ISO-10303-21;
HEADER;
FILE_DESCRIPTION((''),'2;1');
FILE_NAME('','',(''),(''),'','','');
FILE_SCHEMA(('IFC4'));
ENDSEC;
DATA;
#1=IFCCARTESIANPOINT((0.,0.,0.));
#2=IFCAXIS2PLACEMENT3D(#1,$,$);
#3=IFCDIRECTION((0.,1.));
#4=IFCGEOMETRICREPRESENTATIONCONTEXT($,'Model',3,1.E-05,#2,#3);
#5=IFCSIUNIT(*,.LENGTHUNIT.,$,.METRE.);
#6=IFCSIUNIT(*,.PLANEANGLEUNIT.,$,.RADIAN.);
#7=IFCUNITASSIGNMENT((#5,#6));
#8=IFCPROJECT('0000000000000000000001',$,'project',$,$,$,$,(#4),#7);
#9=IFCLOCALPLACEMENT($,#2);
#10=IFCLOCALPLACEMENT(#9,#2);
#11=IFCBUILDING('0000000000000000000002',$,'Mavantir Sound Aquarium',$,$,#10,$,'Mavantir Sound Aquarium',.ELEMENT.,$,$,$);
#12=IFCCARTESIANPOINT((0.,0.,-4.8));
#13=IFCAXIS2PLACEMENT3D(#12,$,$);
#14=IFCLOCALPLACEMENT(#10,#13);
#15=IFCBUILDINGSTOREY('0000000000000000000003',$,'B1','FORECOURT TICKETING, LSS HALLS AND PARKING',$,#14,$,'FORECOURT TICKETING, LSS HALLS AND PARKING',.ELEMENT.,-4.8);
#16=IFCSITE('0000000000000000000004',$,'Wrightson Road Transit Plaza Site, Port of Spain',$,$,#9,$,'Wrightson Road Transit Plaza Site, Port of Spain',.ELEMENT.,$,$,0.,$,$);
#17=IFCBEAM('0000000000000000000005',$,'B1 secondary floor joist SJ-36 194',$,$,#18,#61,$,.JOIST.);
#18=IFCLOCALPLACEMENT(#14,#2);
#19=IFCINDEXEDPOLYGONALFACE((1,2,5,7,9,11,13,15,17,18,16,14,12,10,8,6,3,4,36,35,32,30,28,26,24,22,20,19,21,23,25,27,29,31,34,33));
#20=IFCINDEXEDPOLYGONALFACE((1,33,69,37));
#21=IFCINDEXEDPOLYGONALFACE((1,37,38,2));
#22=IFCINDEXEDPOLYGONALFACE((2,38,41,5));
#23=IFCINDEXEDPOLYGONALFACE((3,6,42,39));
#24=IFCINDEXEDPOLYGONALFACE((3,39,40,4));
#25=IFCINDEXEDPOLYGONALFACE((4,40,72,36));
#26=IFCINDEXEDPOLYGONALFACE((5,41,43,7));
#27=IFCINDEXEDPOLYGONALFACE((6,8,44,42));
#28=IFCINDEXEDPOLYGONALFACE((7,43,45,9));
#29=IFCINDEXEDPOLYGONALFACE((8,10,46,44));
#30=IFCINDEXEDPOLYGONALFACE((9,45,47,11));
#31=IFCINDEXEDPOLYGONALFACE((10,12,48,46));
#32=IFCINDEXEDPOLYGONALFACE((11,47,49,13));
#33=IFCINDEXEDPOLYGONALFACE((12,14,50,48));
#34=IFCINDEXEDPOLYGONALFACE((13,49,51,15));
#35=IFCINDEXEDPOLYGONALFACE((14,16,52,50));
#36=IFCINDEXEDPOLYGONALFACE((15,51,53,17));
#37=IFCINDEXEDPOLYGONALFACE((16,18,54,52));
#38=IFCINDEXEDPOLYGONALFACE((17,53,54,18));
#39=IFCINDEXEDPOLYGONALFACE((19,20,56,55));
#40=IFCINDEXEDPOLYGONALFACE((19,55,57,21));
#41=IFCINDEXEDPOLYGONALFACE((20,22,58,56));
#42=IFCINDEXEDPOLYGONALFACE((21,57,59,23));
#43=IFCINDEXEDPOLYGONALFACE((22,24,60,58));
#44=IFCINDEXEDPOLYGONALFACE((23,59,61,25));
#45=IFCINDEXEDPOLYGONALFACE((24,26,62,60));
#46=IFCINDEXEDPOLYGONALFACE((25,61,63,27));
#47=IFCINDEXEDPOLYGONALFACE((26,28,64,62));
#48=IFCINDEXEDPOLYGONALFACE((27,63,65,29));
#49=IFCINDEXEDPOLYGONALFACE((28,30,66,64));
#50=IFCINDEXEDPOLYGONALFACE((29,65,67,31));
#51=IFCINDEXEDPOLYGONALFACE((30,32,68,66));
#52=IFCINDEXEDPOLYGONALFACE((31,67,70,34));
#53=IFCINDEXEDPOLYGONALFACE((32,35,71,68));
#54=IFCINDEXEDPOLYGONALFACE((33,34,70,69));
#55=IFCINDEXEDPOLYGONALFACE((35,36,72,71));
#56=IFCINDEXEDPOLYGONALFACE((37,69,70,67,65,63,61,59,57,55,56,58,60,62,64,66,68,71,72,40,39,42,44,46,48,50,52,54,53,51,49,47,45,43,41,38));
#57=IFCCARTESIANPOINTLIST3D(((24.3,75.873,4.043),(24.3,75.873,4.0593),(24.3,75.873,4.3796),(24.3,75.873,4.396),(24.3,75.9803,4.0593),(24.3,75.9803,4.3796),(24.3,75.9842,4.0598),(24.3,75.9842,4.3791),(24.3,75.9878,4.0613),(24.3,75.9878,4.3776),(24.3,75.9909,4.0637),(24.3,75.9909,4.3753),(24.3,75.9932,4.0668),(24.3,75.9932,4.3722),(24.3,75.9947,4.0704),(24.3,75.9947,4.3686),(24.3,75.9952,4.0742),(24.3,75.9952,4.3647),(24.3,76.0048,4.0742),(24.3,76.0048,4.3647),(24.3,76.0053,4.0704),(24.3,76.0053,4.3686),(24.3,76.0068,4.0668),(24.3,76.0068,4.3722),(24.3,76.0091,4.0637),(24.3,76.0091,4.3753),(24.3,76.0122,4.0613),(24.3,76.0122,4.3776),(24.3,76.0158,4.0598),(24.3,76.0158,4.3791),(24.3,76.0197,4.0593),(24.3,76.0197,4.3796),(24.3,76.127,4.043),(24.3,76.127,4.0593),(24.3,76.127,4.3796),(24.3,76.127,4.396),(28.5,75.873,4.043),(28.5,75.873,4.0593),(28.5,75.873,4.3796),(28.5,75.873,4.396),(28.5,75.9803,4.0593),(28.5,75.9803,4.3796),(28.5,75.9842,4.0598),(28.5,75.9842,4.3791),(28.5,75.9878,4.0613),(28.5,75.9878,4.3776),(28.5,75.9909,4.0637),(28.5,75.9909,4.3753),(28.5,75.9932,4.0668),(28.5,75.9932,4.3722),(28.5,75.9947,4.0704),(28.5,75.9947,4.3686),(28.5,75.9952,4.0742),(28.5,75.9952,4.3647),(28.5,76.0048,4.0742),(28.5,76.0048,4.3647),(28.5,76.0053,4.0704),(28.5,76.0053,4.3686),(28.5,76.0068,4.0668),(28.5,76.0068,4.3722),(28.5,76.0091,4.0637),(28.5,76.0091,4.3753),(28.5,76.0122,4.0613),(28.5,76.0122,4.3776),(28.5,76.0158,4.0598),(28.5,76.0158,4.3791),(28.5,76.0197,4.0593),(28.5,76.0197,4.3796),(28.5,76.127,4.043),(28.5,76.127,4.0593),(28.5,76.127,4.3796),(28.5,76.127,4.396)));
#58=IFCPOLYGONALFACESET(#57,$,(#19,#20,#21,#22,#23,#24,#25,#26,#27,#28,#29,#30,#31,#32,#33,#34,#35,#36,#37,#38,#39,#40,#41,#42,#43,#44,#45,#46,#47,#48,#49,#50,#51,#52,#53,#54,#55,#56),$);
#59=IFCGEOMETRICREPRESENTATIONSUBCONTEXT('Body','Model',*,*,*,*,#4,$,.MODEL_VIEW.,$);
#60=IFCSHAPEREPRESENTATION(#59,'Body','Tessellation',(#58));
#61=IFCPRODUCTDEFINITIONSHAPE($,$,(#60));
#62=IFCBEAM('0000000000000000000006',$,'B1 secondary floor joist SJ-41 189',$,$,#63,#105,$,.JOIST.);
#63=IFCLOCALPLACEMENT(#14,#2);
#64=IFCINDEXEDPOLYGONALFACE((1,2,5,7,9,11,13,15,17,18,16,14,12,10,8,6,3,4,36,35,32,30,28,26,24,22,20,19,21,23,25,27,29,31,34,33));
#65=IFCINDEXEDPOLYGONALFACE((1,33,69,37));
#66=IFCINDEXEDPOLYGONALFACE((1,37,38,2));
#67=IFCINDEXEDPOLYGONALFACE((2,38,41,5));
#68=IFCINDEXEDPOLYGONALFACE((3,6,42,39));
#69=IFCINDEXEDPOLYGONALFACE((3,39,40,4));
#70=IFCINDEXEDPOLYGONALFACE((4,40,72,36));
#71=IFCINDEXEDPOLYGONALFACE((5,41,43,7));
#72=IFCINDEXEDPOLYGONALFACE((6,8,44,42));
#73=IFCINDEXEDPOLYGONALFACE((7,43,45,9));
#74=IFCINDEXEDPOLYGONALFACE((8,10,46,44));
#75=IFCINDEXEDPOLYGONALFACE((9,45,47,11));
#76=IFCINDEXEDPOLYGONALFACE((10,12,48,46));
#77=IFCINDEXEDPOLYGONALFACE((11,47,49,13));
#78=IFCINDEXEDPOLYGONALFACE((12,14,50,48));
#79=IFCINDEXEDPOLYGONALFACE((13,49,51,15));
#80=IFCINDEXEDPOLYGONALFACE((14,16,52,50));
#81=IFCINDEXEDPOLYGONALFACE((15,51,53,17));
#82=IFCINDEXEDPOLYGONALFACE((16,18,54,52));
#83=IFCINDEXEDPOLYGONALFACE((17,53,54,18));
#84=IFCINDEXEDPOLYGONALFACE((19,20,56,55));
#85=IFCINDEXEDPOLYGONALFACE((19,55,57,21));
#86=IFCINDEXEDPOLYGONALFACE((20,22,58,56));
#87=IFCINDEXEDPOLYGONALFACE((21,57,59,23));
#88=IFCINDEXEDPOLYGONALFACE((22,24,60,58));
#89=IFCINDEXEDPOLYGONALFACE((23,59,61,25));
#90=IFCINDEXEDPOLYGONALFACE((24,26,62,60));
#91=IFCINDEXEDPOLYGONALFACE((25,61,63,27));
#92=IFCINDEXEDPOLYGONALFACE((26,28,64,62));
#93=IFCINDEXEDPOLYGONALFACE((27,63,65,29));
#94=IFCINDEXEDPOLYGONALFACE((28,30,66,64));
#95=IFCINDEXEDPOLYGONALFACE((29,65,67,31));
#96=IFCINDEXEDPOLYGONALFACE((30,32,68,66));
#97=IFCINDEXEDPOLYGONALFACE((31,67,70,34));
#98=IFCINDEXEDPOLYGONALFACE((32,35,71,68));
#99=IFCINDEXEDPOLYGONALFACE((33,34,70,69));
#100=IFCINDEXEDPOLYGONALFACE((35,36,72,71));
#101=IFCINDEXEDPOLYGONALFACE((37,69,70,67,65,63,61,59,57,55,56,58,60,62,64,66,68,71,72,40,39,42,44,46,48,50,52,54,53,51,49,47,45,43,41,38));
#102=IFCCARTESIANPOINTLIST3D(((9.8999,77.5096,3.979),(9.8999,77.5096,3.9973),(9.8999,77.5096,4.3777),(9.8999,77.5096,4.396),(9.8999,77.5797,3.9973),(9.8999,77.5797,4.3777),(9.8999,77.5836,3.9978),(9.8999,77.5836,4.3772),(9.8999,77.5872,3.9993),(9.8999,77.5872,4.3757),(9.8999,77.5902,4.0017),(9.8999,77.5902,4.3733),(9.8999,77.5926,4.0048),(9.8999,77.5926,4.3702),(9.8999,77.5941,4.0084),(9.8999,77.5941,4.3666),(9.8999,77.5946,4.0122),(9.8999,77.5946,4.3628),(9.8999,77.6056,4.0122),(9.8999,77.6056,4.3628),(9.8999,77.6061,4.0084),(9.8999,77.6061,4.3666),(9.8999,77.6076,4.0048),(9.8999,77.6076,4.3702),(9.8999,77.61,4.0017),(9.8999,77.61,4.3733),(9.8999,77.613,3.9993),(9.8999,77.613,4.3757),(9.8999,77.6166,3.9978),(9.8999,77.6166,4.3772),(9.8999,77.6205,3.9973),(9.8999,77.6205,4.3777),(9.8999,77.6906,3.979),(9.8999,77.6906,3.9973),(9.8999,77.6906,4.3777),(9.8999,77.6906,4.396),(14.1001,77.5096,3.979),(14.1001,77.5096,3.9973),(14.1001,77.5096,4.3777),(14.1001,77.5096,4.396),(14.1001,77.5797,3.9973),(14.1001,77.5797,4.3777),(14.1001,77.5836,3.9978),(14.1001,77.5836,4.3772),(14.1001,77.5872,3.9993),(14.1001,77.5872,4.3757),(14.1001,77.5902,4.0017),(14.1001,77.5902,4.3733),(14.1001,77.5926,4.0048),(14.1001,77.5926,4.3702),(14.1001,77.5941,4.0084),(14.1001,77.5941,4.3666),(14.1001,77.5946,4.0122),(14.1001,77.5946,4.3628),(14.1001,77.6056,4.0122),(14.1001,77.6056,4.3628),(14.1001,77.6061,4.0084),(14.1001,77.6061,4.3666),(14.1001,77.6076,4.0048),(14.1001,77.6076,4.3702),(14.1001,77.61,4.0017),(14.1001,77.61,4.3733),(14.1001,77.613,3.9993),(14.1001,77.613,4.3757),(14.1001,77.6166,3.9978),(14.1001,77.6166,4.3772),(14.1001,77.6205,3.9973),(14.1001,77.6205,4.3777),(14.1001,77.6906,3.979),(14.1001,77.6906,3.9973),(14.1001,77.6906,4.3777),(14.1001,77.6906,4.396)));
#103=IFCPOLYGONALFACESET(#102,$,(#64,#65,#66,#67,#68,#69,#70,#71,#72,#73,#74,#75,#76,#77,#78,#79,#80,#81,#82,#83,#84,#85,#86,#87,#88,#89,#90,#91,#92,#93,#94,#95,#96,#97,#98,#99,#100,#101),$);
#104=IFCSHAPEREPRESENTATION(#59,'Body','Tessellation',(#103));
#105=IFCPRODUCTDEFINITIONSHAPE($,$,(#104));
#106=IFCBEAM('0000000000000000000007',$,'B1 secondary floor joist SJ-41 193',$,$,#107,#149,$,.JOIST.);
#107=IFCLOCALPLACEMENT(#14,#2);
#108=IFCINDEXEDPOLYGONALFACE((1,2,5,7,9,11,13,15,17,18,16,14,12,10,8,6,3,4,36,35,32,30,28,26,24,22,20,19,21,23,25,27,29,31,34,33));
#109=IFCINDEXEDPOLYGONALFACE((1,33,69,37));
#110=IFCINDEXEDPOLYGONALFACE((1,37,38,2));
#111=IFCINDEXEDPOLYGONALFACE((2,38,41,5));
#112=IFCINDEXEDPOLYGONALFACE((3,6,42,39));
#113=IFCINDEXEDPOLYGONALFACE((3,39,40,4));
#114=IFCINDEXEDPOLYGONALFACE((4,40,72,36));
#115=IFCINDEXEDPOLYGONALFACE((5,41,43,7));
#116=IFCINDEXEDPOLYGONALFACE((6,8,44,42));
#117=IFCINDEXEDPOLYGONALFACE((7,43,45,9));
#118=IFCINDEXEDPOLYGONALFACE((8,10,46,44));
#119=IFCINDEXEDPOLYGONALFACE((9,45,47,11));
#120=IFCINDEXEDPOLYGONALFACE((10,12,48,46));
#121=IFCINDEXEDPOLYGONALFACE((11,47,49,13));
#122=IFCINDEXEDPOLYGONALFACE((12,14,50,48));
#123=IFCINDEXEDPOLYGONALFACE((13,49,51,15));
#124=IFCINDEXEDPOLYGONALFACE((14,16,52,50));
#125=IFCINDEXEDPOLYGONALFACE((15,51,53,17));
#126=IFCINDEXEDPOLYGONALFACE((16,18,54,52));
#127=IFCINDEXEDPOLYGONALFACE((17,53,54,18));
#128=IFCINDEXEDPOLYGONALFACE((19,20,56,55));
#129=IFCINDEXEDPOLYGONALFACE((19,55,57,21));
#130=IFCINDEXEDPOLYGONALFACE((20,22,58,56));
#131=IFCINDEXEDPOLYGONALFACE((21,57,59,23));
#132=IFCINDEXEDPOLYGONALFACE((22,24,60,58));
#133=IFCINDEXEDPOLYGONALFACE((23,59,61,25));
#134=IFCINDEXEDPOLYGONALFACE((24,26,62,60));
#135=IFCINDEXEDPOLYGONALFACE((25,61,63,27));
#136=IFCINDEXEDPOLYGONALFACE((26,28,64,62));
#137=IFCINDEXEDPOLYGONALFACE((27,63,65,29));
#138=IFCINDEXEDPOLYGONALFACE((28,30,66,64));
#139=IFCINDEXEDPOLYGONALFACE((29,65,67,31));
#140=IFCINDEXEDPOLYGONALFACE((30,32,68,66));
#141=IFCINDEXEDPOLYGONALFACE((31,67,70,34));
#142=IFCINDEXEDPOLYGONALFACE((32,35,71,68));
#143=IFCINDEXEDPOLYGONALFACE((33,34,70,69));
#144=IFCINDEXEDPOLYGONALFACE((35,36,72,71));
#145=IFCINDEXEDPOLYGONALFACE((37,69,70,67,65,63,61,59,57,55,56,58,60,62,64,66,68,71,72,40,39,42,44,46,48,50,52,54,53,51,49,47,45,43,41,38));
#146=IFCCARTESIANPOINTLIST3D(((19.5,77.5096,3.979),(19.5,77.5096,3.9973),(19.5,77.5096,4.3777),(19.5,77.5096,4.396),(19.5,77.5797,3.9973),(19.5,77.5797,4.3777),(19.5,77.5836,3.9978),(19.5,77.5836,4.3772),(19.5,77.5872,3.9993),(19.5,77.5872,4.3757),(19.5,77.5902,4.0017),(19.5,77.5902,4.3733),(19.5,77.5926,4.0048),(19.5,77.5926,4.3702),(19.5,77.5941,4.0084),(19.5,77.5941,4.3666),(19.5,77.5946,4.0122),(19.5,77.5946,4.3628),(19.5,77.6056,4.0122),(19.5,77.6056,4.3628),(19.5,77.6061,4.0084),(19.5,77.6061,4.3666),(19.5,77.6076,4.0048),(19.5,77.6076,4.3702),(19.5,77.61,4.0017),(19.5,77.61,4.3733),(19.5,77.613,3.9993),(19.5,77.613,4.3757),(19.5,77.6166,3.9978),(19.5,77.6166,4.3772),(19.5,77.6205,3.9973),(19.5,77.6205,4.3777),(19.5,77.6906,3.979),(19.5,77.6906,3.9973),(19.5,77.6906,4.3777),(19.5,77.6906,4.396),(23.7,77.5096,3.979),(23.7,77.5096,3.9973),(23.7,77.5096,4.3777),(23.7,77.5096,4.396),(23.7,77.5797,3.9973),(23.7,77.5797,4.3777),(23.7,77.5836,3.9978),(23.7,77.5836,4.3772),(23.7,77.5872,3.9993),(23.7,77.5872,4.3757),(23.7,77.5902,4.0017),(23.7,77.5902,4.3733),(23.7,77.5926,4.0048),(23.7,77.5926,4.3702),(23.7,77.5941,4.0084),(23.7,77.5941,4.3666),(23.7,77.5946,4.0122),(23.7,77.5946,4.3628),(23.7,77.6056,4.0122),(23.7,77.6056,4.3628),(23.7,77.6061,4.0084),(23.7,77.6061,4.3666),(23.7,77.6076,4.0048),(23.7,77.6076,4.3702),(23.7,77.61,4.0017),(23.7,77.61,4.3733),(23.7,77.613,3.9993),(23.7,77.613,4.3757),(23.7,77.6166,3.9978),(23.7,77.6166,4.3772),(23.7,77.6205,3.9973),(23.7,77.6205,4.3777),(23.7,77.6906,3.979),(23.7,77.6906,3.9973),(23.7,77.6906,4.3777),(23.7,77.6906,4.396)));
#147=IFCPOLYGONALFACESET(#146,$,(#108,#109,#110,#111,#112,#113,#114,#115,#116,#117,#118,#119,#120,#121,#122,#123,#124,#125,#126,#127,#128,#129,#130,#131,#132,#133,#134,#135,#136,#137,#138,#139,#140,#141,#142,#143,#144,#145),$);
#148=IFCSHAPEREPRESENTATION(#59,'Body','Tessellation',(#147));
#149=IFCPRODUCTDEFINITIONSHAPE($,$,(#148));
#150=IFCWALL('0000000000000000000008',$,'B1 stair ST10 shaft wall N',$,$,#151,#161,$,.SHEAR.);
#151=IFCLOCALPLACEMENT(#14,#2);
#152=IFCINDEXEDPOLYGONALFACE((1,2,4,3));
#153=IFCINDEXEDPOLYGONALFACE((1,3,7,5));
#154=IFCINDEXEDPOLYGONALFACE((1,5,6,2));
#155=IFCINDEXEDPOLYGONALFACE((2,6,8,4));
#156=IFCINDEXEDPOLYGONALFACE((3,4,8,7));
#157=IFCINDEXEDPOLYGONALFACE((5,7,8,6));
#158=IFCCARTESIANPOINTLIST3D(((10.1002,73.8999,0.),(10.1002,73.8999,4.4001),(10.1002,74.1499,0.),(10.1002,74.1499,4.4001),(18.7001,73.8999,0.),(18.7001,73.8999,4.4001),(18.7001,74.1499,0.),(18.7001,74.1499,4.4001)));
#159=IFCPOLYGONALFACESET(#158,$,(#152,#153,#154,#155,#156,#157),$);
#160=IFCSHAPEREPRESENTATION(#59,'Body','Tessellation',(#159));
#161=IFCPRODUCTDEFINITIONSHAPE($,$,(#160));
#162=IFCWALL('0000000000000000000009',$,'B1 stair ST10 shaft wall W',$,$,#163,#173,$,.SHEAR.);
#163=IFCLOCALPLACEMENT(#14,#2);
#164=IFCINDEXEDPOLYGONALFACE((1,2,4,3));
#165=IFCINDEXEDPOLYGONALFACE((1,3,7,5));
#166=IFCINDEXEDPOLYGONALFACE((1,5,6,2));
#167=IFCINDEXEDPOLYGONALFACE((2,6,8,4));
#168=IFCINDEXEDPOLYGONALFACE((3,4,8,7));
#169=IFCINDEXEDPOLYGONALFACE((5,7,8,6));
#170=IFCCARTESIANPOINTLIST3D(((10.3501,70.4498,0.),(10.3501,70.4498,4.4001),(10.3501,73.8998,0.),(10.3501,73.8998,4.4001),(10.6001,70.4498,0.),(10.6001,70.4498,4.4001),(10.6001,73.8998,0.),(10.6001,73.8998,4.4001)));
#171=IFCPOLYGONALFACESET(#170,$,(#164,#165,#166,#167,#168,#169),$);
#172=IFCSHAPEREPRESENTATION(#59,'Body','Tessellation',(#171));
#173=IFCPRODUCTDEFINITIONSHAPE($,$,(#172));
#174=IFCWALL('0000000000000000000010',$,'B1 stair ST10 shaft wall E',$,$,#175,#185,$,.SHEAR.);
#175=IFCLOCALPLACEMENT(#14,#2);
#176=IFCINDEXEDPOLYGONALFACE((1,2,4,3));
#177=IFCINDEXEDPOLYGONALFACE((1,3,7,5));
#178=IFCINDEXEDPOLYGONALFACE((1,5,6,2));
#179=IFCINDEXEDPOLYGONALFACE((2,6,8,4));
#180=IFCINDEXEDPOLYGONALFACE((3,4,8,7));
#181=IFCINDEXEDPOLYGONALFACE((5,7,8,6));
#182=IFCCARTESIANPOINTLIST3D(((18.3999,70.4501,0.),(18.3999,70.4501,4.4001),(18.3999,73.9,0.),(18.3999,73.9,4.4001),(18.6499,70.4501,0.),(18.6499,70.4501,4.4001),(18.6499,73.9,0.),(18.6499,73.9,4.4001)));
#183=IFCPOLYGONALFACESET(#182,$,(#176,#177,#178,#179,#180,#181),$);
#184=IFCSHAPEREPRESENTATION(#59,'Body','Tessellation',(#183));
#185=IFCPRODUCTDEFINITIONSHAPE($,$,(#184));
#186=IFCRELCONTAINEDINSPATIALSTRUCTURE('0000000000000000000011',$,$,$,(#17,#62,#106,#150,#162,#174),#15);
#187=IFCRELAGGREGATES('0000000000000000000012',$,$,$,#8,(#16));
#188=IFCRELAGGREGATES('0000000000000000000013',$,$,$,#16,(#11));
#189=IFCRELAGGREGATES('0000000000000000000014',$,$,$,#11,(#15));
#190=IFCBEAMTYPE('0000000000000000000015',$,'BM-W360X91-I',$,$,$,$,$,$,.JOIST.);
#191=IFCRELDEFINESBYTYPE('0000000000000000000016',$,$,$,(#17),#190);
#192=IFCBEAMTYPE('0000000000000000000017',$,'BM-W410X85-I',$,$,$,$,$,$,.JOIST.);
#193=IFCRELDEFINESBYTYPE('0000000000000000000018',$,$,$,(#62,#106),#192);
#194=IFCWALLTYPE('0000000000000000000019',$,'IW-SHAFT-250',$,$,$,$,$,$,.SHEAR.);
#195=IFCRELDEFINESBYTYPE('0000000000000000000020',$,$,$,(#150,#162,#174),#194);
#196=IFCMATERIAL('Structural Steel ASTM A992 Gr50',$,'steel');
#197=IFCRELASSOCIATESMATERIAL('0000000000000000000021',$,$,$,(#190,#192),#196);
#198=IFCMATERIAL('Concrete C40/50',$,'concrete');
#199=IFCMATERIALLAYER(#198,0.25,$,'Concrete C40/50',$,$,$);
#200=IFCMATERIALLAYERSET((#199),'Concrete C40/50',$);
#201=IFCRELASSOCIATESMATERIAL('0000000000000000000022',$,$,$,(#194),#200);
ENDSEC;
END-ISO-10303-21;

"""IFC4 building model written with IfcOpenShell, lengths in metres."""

from ifc_helpers import new_model, si_unit, direction, frame, frame_2d, origin, origin_2d, place, context, subcontext, project, spatial, rectangle, i_section, extrude, material, layer, layer_set, material_profile, profile_set, type_object, element, save


model = new_model("IFC4")

# Units and contexts
model_context = context("Model", 3, precision=1e-05, world=origin(), true_north=direction((0.0, 1.0)))
body_context = subcontext(model_context, "Body", "Model", "MODEL_VIEW")
ifc_project = project(units=[si_unit("LENGTHUNIT", "METRE"), si_unit("PLANEANGLEUNIT", "RADIAN")], contexts=[model_context])

# Site, building, storey
site_placement = place(None, origin())
site = spatial("IfcSite", under=ifc_project, at=site_placement, Name="Wrightson Road Transit Plaza Site, Port of Spain", LongName="Wrightson Road Transit Plaza Site, Port of Spain", CompositionType="ELEMENT", RefElevation=0.0)
building_placement = place(site_placement, origin())
building = spatial("IfcBuilding", under=site, at=building_placement, Name="Mavantir Sound Aquarium", LongName="Mavantir Sound Aquarium", CompositionType="ELEMENT")
storey_placement = place(building_placement, frame((0.0, 0.0, -4.8)))
storey = spatial("IfcBuildingStorey", under=building, at=storey_placement, Name="B1", Description="FORECOURT TICKETING, LSS HALLS AND PARKING", LongName="FORECOURT TICKETING, LSS HALLS AND PARKING", CompositionType="ELEMENT", Elevation=-4.8)

# Shared definitions
ifc_material_1 = material(Name="Concrete C40/50", Category="concrete")

# Beams
ifc_material_2 = material(Name="Structural Steel ASTM A992 Gr50", Category="steel")
ifc_material_profile_1 = material_profile(ifc_material_2, i_section(OverallWidth=0.2539, OverallDepth=0.353, WebThickness=0.0095, FlangeThickness=0.0164, FilletRadius=0.0149, at=origin_2d()), Name="W360X91")
ifc_profile_set_1 = profile_set([ifc_material_profile_1], Name="Structural Steel ASTM A992 Gr50")
beam_type_1 = type_object("IfcBeamType", Name="BM-W360X91-I", PredefinedType="JOIST", material=ifc_profile_set_1)
for number, where, z_axis, x_axis, name in (
    (1, (24.3, 76.0, 4.2195), (1.0, 0.0, 0.0), (0.0, 1.0, 0.0), "B1 secondary floor joist SJ-36 194"),
):
    element("IfcBeam", number, at=place(storey_placement, frame(where, z_axis=z_axis, x_axis=x_axis)), inside=storey, type_object=beam_type_1, Name=name, PredefinedType="JOIST", context=body_context, shape_type="SweptSolid", body=[
        extrude(i_section(OverallWidth=0.2539, OverallDepth=0.353, WebThickness=0.0095, FlangeThickness=0.0164, FilletRadius=0.0149, at=origin_2d()), origin(), (0.0, 0.0, 1.0), 4.2),
    ])
ifc_material_profile_2 = material_profile(ifc_material_2, i_section(OverallWidth=0.1809, OverallDepth=0.417, WebThickness=0.011, FlangeThickness=0.0183, FilletRadius=0.0149, at=origin_2d()), Name="W410X85")
ifc_profile_set_2 = profile_set([ifc_material_profile_2], Name="Structural Steel ASTM A992 Gr50")
beam_type_2 = type_object("IfcBeamType", Name="BM-W410X85-I", PredefinedType="JOIST", material=ifc_profile_set_2)
beam_1_placement = place(storey_placement, frame((9.8999, 77.6001, 4.1875), z_axis=(1.0, 0.0, 0.0), x_axis=(0.0, 1.0, 0.0)))
element("IfcBeam", 2, at=beam_1_placement, inside=storey, type_object=beam_type_2, Name="B1 secondary floor joist SJ-41 189", PredefinedType="JOIST", context=body_context, shape_type="SweptSolid", body=[
    extrude(i_section(OverallWidth=0.1809, OverallDepth=0.417, WebThickness=0.011, FlangeThickness=0.0183, FilletRadius=0.0149, at=origin_2d()), origin(), (0.0, 0.0, 1.0), 4.2002),
])
beam_2_placement = place(storey_placement, frame((19.5, 77.6001, 4.1875), z_axis=(1.0, 0.0, 0.0), x_axis=(0.0, 1.0, 0.0)))
element("IfcBeam", 3, at=beam_2_placement, inside=storey, type_object=beam_type_2, Name="B1 secondary floor joist SJ-41 193", PredefinedType="JOIST", context=body_context, shape_type="SweptSolid", body=[
    extrude(i_section(OverallWidth=0.1809, OverallDepth=0.417, WebThickness=0.011, FlangeThickness=0.0183, FilletRadius=0.0149, at=origin_2d()), origin(), (0.0, 0.0, 1.0), 4.2),
])

# Walls
ifc_layer = layer(ifc_material_1, 0.25, Name="Concrete C40/50")
ifc_layer_set = layer_set([ifc_layer], Name="Concrete C40/50")
wall_type = type_object("IfcWallType", Name="IW-SHAFT-250", PredefinedType="SHEAR", material=ifc_layer_set)
wall_placement = place(storey_placement, frame((18.7, 74.0249, 0.0), z_axis=(0.0, 0.0, 1.0), x_axis=(-1.0, 0.0, 0.0)))
element("IfcWall", 4, at=wall_placement, inside=storey, type_object=wall_type, Name="B1 stair ST10 shaft wall N", PredefinedType="SHEAR", context=body_context, shape_type="SweptSolid", body=[
    extrude(rectangle(XDim=8.5999, YDim=0.25, at=frame_2d((4.2998, 0.0))), origin(), (0.0, 0.0, 1.0), 4.4001),
])
for number, where, z_axis, x_axis, name in (
    (5, (10.4751, 73.8999, 0.0), (0.0, 0.0, 1.0), (0.0, -1.0, 0.0), "B1 stair ST10 shaft wall W"),
    (6, (18.5249, 70.45, 0.0), (0.0, 0.0, 1.0), (0.0, 1.0, 0.0), "B1 stair ST10 shaft wall E"),
):
    element("IfcWall", number, at=place(storey_placement, frame(where, z_axis=z_axis, x_axis=x_axis)), inside=storey, type_object=wall_type, Name=name, PredefinedType="SHEAR", context=body_context, shape_type="SweptSolid", body=[
        extrude(rectangle(XDim=3.45, YDim=0.25, at=frame_2d((1.7251, 0.0))), origin(), (0.0, 0.0, 1.0), 4.4001),
    ])

save(model, "model.ifc")
